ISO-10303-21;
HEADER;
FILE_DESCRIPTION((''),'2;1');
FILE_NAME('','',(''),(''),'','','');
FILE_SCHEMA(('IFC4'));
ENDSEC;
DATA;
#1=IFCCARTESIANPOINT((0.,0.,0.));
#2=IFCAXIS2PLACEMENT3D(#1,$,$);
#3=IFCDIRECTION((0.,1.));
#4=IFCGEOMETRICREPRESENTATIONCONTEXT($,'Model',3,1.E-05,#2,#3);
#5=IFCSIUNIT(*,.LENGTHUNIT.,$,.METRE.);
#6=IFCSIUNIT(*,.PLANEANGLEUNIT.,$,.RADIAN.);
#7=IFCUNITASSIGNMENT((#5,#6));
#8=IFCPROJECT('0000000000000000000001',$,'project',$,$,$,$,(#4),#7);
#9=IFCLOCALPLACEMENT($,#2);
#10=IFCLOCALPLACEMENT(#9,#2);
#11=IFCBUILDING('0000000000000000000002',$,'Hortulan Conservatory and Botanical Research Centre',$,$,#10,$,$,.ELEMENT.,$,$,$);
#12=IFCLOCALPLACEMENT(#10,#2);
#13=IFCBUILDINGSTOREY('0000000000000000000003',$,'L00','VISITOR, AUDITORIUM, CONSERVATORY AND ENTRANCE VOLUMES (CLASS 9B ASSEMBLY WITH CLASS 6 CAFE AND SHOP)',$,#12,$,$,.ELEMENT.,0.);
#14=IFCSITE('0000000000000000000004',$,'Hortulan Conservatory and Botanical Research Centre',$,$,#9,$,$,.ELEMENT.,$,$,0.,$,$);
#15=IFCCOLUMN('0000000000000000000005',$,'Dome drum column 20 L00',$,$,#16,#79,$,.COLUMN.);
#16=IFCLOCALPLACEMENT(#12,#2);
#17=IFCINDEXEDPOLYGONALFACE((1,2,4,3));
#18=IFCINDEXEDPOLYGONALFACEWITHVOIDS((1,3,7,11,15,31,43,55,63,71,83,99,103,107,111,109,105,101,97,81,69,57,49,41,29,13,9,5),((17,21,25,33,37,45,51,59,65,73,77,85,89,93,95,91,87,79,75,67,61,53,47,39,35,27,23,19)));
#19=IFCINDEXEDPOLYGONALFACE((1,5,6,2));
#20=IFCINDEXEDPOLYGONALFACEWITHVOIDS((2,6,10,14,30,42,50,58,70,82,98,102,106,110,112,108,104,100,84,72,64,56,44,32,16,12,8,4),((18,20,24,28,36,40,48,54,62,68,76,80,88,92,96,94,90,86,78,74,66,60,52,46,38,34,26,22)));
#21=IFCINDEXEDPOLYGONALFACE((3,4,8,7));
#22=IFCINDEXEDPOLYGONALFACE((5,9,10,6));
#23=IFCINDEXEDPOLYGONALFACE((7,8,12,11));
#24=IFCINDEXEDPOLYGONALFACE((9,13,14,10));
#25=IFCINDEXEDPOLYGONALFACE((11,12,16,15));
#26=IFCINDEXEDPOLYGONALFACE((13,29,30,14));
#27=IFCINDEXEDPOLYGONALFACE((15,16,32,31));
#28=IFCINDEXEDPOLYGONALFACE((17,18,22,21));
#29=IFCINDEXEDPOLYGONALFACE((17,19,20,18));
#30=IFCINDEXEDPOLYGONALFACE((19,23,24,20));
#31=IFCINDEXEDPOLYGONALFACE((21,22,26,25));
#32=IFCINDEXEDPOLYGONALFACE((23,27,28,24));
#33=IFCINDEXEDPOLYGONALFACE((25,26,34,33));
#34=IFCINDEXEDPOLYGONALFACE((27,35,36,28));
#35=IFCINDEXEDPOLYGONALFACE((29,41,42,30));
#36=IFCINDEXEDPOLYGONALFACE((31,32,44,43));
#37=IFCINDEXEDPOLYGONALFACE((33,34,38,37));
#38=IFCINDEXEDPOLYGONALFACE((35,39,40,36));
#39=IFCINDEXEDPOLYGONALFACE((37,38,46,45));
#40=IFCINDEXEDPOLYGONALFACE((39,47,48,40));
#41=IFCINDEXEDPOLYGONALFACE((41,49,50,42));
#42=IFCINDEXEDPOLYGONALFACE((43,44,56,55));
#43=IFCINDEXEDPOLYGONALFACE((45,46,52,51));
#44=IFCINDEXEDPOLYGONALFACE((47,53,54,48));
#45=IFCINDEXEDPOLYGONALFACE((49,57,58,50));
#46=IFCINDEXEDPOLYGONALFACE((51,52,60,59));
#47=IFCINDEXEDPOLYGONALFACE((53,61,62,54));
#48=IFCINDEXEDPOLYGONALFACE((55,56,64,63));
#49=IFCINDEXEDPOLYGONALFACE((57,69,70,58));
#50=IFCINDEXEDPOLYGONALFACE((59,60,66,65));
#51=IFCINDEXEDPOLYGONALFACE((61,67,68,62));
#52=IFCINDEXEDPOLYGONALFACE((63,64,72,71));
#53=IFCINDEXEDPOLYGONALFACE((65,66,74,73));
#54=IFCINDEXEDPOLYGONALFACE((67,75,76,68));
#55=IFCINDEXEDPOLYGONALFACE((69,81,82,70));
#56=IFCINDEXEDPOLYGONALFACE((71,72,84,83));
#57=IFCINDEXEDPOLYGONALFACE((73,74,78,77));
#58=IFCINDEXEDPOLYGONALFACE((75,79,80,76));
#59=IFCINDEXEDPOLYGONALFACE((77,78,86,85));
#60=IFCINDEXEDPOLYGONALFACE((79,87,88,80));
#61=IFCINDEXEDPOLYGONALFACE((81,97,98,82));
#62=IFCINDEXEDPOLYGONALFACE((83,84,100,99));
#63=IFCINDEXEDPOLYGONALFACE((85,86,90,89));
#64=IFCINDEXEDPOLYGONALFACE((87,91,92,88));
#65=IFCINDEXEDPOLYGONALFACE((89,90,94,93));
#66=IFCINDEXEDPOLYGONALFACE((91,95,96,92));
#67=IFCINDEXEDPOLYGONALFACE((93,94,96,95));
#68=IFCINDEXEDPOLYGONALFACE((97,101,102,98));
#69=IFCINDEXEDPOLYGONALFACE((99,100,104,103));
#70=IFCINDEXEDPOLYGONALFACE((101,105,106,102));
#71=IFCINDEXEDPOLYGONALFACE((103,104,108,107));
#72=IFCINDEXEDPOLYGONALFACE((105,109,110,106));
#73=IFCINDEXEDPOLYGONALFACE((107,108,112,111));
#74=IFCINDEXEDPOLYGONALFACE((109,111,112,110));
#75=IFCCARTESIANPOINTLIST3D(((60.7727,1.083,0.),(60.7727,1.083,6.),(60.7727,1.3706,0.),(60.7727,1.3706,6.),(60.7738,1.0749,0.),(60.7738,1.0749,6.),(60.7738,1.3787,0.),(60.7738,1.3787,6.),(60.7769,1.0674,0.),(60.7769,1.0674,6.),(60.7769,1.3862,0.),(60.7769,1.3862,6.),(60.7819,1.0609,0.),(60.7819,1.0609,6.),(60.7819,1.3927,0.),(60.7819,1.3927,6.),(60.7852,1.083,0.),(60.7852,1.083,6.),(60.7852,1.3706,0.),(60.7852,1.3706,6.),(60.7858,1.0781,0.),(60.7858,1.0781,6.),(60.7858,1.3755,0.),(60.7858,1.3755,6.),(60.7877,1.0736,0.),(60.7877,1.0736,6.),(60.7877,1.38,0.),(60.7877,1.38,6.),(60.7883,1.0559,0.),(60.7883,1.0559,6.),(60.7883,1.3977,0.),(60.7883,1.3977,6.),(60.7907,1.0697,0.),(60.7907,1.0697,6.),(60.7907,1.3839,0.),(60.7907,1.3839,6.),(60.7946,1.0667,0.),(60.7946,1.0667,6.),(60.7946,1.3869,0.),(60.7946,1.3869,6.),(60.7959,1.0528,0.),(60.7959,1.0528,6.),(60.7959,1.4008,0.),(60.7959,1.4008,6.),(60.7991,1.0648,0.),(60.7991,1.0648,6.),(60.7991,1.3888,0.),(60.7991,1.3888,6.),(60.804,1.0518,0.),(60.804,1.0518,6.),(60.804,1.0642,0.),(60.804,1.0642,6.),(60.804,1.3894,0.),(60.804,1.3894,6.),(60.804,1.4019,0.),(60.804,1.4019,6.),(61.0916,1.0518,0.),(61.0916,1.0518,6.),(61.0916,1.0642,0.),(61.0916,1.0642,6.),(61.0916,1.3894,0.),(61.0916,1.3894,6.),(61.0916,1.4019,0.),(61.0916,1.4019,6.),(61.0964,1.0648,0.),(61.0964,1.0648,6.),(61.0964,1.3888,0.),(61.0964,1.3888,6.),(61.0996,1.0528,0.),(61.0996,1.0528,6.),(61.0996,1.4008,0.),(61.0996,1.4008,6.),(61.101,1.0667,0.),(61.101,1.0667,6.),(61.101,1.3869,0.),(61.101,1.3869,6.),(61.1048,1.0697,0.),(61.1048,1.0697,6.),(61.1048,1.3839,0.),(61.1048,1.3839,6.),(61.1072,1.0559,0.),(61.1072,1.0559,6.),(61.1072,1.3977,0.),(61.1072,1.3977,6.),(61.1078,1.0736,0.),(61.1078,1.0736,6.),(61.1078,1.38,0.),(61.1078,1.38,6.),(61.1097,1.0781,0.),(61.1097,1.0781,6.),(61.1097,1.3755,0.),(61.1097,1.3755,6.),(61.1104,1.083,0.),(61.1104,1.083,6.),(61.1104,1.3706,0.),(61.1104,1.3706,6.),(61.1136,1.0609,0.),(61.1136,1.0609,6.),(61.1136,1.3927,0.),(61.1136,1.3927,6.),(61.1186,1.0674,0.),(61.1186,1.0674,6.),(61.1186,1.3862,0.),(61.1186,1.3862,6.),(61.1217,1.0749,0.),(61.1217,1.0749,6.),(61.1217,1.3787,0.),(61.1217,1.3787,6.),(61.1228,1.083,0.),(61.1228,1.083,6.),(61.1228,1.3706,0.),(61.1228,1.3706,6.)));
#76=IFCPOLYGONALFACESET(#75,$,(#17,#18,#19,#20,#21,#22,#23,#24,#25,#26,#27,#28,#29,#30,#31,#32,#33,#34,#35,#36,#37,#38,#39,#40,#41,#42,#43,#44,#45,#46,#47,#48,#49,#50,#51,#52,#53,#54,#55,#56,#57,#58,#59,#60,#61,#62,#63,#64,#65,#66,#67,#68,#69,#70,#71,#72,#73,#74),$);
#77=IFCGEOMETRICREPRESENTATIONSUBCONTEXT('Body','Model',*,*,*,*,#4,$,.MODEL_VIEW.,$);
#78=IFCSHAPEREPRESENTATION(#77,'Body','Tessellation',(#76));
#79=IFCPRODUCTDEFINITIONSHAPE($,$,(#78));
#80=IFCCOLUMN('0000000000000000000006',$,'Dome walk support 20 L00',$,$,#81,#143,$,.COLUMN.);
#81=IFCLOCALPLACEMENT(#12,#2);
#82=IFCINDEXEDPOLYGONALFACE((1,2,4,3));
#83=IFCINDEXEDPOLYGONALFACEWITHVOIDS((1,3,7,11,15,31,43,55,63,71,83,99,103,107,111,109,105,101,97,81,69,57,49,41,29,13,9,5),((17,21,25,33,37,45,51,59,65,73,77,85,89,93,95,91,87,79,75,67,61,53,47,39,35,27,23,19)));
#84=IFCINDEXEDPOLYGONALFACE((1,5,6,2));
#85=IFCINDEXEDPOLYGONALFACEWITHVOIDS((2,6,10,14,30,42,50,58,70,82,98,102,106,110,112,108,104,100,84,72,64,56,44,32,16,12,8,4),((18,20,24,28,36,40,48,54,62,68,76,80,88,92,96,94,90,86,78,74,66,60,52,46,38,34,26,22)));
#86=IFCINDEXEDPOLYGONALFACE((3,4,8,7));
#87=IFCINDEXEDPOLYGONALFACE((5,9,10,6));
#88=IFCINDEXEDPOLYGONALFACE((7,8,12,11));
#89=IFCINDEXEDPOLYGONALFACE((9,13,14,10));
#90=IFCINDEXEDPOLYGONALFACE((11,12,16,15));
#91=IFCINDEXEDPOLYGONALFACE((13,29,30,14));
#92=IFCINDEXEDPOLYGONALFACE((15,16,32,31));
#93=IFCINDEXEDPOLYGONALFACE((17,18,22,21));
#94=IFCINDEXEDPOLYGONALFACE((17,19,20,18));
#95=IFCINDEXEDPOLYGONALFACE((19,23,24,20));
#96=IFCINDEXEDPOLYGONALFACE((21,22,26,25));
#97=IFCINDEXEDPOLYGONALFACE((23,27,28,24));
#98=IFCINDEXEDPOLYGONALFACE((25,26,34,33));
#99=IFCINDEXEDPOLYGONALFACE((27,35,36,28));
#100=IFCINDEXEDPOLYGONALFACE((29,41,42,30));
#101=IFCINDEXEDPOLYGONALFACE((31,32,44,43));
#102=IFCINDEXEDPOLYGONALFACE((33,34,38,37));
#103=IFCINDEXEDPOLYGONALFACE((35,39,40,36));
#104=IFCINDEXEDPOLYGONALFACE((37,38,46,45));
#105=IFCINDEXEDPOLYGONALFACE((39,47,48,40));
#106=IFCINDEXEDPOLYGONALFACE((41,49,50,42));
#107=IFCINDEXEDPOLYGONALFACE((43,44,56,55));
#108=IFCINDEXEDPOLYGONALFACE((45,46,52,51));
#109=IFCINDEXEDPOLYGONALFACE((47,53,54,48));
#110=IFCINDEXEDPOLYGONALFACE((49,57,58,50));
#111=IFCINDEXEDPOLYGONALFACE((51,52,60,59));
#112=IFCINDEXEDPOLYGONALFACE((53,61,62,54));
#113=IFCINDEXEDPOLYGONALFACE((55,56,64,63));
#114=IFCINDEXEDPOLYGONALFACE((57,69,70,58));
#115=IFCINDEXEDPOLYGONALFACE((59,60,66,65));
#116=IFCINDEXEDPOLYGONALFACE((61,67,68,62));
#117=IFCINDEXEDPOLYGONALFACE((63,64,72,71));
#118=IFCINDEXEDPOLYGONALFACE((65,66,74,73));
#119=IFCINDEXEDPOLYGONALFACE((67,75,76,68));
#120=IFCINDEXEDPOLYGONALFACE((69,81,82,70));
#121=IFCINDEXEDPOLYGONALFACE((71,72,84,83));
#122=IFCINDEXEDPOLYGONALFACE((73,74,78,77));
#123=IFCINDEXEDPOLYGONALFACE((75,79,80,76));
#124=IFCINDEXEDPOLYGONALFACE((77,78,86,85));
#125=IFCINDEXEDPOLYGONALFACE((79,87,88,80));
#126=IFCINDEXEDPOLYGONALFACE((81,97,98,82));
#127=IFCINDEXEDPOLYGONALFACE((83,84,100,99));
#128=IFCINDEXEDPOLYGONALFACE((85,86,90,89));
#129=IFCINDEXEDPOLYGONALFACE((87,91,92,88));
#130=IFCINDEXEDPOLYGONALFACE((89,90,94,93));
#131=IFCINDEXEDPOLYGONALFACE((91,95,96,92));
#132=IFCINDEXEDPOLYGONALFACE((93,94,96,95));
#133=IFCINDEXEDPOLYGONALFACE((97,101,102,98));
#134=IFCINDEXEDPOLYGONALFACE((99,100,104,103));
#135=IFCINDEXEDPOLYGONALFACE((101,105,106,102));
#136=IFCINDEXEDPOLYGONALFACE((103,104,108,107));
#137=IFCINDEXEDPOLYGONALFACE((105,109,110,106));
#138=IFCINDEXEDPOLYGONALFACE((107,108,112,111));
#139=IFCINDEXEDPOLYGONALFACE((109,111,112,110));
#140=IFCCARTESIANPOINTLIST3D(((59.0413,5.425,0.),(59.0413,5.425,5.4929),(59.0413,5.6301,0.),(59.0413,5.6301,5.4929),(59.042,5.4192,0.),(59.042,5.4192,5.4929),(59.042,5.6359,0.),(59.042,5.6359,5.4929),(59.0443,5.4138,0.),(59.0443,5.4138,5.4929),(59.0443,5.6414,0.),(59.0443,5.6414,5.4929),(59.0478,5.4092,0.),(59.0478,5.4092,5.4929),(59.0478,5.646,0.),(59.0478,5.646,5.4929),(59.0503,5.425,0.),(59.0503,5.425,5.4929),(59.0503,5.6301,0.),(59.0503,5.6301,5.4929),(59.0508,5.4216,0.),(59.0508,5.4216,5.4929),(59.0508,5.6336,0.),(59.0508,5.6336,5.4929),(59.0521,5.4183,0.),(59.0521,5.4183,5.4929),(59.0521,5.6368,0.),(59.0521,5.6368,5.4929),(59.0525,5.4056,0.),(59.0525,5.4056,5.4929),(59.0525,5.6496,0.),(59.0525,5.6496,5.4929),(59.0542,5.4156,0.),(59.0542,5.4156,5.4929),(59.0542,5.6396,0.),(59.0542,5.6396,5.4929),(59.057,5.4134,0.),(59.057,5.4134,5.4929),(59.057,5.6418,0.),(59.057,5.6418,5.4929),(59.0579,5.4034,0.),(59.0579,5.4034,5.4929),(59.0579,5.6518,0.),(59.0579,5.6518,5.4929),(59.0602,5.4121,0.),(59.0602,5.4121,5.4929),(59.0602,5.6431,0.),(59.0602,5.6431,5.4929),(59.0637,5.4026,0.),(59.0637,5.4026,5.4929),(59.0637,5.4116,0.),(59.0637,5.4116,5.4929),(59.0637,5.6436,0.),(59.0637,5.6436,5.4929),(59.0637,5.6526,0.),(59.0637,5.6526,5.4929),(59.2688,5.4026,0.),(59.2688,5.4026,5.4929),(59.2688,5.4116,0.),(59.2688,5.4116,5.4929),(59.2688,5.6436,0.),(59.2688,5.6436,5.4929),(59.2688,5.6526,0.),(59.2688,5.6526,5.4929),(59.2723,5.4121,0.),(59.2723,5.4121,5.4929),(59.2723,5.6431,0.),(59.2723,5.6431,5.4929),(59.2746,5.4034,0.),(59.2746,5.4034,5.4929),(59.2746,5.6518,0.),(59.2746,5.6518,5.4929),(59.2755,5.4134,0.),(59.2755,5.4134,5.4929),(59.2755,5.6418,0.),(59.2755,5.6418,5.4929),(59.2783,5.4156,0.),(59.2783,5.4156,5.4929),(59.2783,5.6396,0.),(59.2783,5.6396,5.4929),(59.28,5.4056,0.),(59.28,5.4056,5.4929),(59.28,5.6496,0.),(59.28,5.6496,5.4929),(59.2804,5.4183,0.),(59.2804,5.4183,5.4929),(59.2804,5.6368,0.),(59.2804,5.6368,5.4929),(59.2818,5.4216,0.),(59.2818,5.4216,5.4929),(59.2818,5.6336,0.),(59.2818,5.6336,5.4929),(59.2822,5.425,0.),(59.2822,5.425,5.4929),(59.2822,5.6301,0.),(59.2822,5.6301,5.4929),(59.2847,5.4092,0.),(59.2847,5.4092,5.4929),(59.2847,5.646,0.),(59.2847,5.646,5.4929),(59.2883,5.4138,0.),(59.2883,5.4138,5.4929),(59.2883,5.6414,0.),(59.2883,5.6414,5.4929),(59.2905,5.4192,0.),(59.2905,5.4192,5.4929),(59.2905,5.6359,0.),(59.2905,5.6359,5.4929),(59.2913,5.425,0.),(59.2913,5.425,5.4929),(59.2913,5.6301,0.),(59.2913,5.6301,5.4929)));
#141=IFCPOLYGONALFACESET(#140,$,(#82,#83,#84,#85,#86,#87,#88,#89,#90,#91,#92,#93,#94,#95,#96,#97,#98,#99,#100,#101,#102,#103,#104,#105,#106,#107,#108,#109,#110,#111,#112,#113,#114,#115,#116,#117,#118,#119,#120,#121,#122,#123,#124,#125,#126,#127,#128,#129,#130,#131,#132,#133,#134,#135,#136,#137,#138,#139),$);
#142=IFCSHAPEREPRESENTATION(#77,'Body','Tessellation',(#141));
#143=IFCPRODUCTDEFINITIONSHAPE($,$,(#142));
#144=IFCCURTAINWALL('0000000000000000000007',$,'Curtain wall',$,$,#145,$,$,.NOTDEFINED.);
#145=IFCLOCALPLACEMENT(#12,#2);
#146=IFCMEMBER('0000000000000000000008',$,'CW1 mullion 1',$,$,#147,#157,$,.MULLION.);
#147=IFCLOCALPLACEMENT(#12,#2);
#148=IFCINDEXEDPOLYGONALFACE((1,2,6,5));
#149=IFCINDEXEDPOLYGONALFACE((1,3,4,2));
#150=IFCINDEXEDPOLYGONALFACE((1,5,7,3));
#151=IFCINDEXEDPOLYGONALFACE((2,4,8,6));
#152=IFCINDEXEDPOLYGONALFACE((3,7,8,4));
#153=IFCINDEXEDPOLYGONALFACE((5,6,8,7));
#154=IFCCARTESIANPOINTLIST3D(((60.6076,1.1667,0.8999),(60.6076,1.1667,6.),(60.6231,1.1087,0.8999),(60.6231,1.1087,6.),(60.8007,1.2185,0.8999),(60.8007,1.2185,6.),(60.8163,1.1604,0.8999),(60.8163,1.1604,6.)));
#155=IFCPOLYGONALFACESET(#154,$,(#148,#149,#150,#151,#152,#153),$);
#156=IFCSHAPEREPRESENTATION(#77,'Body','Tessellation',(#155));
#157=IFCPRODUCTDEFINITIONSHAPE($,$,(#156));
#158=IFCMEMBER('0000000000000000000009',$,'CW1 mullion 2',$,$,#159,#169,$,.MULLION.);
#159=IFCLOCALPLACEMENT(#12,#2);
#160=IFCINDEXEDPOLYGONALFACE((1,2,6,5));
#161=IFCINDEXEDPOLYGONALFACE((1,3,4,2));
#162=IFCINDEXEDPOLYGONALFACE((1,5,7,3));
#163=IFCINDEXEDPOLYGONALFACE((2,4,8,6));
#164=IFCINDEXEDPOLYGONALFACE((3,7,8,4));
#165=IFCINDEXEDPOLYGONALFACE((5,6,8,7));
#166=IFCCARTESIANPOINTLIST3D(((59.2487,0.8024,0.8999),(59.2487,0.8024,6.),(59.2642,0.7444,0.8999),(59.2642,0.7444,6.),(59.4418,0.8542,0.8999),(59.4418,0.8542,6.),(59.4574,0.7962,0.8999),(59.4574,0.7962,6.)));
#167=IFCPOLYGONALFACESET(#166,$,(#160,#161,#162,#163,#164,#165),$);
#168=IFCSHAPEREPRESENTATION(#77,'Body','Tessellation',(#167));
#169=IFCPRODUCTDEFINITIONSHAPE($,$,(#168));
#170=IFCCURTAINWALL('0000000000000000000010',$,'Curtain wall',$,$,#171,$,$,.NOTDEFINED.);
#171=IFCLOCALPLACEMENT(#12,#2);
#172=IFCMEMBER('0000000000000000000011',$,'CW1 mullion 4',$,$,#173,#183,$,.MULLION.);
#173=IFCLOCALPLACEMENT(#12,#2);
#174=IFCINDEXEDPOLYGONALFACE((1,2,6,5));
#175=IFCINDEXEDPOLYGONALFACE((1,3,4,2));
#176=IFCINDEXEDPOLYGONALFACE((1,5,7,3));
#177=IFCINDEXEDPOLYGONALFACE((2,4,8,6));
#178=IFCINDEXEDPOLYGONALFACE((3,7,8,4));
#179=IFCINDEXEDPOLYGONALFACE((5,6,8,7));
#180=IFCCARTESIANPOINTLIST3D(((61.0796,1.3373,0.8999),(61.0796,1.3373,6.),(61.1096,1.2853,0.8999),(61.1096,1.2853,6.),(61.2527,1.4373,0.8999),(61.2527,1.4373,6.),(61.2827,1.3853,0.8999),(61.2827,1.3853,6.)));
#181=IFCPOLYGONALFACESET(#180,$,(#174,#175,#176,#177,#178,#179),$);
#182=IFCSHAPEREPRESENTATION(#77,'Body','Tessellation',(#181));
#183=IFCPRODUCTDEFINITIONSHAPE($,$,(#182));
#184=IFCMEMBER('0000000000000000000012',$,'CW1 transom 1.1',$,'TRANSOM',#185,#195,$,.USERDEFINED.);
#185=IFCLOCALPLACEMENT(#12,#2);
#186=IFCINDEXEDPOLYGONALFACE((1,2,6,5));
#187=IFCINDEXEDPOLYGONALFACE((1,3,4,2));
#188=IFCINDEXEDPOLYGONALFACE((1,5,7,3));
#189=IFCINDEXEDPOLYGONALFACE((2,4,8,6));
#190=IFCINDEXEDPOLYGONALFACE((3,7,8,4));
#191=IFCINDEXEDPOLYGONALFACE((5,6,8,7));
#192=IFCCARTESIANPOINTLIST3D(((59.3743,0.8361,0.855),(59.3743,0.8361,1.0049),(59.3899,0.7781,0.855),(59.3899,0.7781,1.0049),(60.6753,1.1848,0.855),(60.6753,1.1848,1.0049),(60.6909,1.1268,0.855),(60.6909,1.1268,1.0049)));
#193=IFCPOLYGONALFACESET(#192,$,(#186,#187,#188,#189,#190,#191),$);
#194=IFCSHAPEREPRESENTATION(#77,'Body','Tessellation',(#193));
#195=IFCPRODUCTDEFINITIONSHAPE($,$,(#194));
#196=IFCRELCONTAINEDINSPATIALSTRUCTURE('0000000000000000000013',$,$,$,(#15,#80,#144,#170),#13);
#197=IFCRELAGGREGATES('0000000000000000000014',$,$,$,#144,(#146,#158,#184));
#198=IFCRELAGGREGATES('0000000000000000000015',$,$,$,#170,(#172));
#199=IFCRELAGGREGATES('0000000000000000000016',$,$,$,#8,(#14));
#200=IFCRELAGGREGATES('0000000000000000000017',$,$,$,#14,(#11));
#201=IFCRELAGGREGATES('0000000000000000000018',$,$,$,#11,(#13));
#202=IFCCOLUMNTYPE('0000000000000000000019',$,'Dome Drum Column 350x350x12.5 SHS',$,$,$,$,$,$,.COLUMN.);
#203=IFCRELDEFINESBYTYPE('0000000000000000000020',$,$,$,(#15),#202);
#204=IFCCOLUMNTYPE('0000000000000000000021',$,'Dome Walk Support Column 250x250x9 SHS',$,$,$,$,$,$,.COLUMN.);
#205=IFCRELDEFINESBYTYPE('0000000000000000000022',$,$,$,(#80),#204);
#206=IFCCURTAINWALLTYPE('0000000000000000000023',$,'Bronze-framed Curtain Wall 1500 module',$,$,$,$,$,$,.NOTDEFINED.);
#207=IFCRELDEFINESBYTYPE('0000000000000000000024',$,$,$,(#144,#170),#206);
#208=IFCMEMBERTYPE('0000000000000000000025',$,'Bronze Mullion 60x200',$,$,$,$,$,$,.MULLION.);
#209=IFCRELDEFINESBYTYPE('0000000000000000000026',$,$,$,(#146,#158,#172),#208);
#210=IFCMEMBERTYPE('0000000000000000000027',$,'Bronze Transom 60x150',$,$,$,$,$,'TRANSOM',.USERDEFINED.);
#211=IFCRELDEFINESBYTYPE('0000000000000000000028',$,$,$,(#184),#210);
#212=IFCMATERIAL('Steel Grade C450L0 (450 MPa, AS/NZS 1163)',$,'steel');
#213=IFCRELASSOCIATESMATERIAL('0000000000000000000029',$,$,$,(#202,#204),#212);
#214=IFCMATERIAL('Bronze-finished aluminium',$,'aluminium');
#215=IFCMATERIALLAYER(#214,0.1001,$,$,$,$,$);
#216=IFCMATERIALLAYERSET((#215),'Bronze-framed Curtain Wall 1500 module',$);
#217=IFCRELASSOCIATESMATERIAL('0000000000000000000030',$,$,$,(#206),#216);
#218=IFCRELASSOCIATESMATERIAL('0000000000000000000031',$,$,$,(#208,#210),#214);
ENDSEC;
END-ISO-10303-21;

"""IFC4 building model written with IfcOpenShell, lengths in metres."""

from ifc_helpers import new_model, si_unit, direction, frame, origin, origin_2d, place, context, subcontext, project, spatial, rectangle, hollow_rectangle, extrude, material, layer, layer_set, material_profile, profile_set, type_object, element, aggregate, save


model = new_model("IFC4")

# Units and contexts
model_context = context("Model", 3, precision=1e-05, world=origin(), true_north=direction((0.0, 1.0)))
body_context = subcontext(model_context, "Body", "Model", "MODEL_VIEW")
ifc_project = project(units=[si_unit("LENGTHUNIT", "METRE"), si_unit("PLANEANGLEUNIT", "RADIAN")], contexts=[model_context])

# Site, building, storey
site_placement = place(None, origin())
site = spatial("IfcSite", under=ifc_project, at=site_placement, Name="Hortulan Conservatory and Botanical Research Centre", CompositionType="ELEMENT", RefElevation=0.0)
building_placement = place(site_placement, origin())
building = spatial("IfcBuilding", under=site, at=building_placement, Name="Hortulan Conservatory and Botanical Research Centre", CompositionType="ELEMENT")
storey_placement = place(building_placement, origin())
storey = spatial("IfcBuildingStorey", under=building, at=storey_placement, Name="L00", Description="VISITOR, AUDITORIUM, CONSERVATORY AND ENTRANCE VOLUMES (CLASS 9B ASSEMBLY WITH CLASS 6 CAFE AND SHOP)", CompositionType="ELEMENT", Elevation=0.0)

# Columns
ifc_material_1 = material(Name="Steel Grade C450L0 (450 MPa, AS/NZS 1163)", Category="steel")
ifc_material_profile_1 = material_profile(ifc_material_1, hollow_rectangle(XDim=0.3501, YDim=0.3501, WallThickness=0.0125, InnerFilletRadius=0.0188, OuterFilletRadius=0.0312, at=origin_2d()), Name="350x350x12.5SHS")
ifc_profile_set_1 = profile_set([ifc_material_profile_1], Name="Steel Grade C450L0 (450 MPa, AS/NZS 1163)")
column_type_1 = type_object("IfcColumnType", Name="Dome Drum Column 350x350x12.5 SHS", PredefinedType="COLUMN", material=ifc_profile_set_1)
column_1_placement = place(storey_placement, frame((60.9478, 1.2268, 0.0), z_axis=(0.0, 0.0, 1.0), x_axis=(1.0, 0.0, 0.0)))
element("IfcColumn", 1, at=column_1_placement, inside=storey, type_object=column_type_1, Name="Dome drum column 20 L00", PredefinedType="COLUMN", context=body_context, shape_type="SweptSolid", body=[
    extrude(hollow_rectangle(XDim=0.3501, YDim=0.3501, WallThickness=0.0125, InnerFilletRadius=0.0188, OuterFilletRadius=0.0312, at=origin_2d()), origin(), (0.0, 0.0, 1.0), 6.0),
])
ifc_material_profile_2 = material_profile(ifc_material_1, hollow_rectangle(XDim=0.25, YDim=0.25, WallThickness=0.009, InnerFilletRadius=0.0134, OuterFilletRadius=0.0225, at=origin_2d()), Name="250x250x9SHS")
ifc_profile_set_2 = profile_set([ifc_material_profile_2], Name="Steel Grade C450L0 (450 MPa, AS/NZS 1163)")
column_type_2 = type_object("IfcColumnType", Name="Dome Walk Support Column 250x250x9 SHS", PredefinedType="COLUMN", material=ifc_profile_set_2)
column_2_placement = place(storey_placement, frame((59.1663, 5.5276, 0.0), z_axis=(0.0, 0.0, 1.0), x_axis=(1.0, 0.0, 0.0)))
element("IfcColumn", 2, at=column_2_placement, inside=storey, type_object=column_type_2, Name="Dome walk support 20 L00", PredefinedType="COLUMN", context=body_context, shape_type="SweptSolid", body=[
    extrude(hollow_rectangle(XDim=0.25, YDim=0.25, WallThickness=0.009, InnerFilletRadius=0.0134, OuterFilletRadius=0.0225, at=origin_2d()), origin(), (0.0, 0.0, 1.0), 5.4929),
])

# Curtain wall, members
ifc_material_2 = material(Name="Bronze-finished aluminium", Category="aluminium")
ifc_layer_1 = layer(ifc_material_2, 0.1001)
ifc_layer_set_1 = layer_set([ifc_layer_1], Name="Bronze-framed Curtain Wall 1500 module")
curtain_wall_type = type_object("IfcCurtainWallType", Name="Bronze-framed Curtain Wall 1500 module", PredefinedType="NOTDEFINED", material=ifc_layer_set_1)
curtain_wall_1_placement = place(storey_placement, origin())
curtain_wall_1 = element("IfcCurtainWall", 3, at=curtain_wall_1_placement, inside=storey, type_object=curtain_wall_type, Name="Curtain wall", PredefinedType="NOTDEFINED")
ifc_material_profile_3 = material_profile(ifc_material_2, rectangle(XDim=0.0601, YDim=0.2, at=origin_2d()), Name="Bronze Mullion 60x200")
ifc_profile_set_3 = profile_set([ifc_material_profile_3], Name="Bronze-finished aluminium")
member_type_1 = type_object("IfcMemberType", Name="Bronze Mullion 60x200", PredefinedType="MULLION", material=ifc_profile_set_3)
member_1_placement = place(storey_placement, frame((60.7119, 1.1636, 0.8999), z_axis=(0.0, 0.0, 1.0), x_axis=(0.258832, -0.965922, 0.0)))
member_1 = element("IfcMember", 4, at=member_1_placement, type_object=member_type_1, Name="CW1 mullion 1", PredefinedType="MULLION", context=body_context, shape_type="SweptSolid", body=[
    extrude(rectangle(XDim=0.0601, YDim=0.2, at=origin_2d()), origin(), (0.0, 0.0, 1.0), 5.1001),
])
member_2_placement = place(storey_placement, frame((59.353, 0.7993, 0.8999), z_axis=(0.0, 0.0, 1.0), x_axis=(0.258832, -0.965922, 0.0)))
member_2 = element("IfcMember", 5, at=member_2_placement, type_object=member_type_1, Name="CW1 mullion 2", PredefinedType="MULLION", context=body_context, shape_type="SweptSolid", body=[
    extrude(rectangle(XDim=0.0601, YDim=0.2, at=origin_2d()), origin(), (0.0, 0.0, 1.0), 5.1001),
])

# Curtain wall, member
curtain_wall_2_placement = place(storey_placement, origin())
curtain_wall_2 = element("IfcCurtainWall", 6, at=curtain_wall_2_placement, inside=storey, type_object=curtain_wall_type, Name="Curtain wall", PredefinedType="NOTDEFINED")
member_3_placement = place(storey_placement, frame((61.1812, 1.3613, 0.8999), z_axis=(0.0, 0.0, 1.0), x_axis=(0.499981, -0.866036, 0.0)))
member_3 = element("IfcMember", 7, at=member_3_placement, type_object=member_type_1, Name="CW1 mullion 4", PredefinedType="MULLION", context=body_context, shape_type="SweptSolid", body=[
    extrude(rectangle(XDim=0.0601, YDim=0.2, at=origin_2d()), origin(), (0.0, 0.0, 1.0), 5.1001),
])

# Member
ifc_material_profile_4 = material_profile(ifc_material_2, rectangle(XDim=0.0601, YDim=0.1499, at=origin_2d()), Name="Bronze Transom 60x150")
ifc_profile_set_4 = profile_set([ifc_material_profile_4], Name="Bronze-finished aluminium")
member_type_2 = type_object("IfcMemberType", Name="Bronze Transom 60x150", ElementType="TRANSOM", PredefinedType="USERDEFINED", material=ifc_profile_set_4)
member_4_placement = place(storey_placement, frame((60.6831, 1.1558, 0.9299), z_axis=(-0.965921, -0.258836, 0.0), x_axis=(0.258836, -0.965921, 0.0)))
member_4 = element("IfcMember", 8, at=member_4_placement, type_object=member_type_2, Name="CW1 transom 1.1", ObjectType="TRANSOM", PredefinedType="USERDEFINED", context=body_context, shape_type="SweptSolid", body=[
    extrude(rectangle(XDim=0.0601, YDim=0.1499, at=origin_2d()), origin(), (0.0, 0.0, 1.0), 1.3469),
])

aggregate(curtain_wall_1, [member_1, member_2, member_4])
aggregate(curtain_wall_2, [member_3])

save(model, "model.ifc")
